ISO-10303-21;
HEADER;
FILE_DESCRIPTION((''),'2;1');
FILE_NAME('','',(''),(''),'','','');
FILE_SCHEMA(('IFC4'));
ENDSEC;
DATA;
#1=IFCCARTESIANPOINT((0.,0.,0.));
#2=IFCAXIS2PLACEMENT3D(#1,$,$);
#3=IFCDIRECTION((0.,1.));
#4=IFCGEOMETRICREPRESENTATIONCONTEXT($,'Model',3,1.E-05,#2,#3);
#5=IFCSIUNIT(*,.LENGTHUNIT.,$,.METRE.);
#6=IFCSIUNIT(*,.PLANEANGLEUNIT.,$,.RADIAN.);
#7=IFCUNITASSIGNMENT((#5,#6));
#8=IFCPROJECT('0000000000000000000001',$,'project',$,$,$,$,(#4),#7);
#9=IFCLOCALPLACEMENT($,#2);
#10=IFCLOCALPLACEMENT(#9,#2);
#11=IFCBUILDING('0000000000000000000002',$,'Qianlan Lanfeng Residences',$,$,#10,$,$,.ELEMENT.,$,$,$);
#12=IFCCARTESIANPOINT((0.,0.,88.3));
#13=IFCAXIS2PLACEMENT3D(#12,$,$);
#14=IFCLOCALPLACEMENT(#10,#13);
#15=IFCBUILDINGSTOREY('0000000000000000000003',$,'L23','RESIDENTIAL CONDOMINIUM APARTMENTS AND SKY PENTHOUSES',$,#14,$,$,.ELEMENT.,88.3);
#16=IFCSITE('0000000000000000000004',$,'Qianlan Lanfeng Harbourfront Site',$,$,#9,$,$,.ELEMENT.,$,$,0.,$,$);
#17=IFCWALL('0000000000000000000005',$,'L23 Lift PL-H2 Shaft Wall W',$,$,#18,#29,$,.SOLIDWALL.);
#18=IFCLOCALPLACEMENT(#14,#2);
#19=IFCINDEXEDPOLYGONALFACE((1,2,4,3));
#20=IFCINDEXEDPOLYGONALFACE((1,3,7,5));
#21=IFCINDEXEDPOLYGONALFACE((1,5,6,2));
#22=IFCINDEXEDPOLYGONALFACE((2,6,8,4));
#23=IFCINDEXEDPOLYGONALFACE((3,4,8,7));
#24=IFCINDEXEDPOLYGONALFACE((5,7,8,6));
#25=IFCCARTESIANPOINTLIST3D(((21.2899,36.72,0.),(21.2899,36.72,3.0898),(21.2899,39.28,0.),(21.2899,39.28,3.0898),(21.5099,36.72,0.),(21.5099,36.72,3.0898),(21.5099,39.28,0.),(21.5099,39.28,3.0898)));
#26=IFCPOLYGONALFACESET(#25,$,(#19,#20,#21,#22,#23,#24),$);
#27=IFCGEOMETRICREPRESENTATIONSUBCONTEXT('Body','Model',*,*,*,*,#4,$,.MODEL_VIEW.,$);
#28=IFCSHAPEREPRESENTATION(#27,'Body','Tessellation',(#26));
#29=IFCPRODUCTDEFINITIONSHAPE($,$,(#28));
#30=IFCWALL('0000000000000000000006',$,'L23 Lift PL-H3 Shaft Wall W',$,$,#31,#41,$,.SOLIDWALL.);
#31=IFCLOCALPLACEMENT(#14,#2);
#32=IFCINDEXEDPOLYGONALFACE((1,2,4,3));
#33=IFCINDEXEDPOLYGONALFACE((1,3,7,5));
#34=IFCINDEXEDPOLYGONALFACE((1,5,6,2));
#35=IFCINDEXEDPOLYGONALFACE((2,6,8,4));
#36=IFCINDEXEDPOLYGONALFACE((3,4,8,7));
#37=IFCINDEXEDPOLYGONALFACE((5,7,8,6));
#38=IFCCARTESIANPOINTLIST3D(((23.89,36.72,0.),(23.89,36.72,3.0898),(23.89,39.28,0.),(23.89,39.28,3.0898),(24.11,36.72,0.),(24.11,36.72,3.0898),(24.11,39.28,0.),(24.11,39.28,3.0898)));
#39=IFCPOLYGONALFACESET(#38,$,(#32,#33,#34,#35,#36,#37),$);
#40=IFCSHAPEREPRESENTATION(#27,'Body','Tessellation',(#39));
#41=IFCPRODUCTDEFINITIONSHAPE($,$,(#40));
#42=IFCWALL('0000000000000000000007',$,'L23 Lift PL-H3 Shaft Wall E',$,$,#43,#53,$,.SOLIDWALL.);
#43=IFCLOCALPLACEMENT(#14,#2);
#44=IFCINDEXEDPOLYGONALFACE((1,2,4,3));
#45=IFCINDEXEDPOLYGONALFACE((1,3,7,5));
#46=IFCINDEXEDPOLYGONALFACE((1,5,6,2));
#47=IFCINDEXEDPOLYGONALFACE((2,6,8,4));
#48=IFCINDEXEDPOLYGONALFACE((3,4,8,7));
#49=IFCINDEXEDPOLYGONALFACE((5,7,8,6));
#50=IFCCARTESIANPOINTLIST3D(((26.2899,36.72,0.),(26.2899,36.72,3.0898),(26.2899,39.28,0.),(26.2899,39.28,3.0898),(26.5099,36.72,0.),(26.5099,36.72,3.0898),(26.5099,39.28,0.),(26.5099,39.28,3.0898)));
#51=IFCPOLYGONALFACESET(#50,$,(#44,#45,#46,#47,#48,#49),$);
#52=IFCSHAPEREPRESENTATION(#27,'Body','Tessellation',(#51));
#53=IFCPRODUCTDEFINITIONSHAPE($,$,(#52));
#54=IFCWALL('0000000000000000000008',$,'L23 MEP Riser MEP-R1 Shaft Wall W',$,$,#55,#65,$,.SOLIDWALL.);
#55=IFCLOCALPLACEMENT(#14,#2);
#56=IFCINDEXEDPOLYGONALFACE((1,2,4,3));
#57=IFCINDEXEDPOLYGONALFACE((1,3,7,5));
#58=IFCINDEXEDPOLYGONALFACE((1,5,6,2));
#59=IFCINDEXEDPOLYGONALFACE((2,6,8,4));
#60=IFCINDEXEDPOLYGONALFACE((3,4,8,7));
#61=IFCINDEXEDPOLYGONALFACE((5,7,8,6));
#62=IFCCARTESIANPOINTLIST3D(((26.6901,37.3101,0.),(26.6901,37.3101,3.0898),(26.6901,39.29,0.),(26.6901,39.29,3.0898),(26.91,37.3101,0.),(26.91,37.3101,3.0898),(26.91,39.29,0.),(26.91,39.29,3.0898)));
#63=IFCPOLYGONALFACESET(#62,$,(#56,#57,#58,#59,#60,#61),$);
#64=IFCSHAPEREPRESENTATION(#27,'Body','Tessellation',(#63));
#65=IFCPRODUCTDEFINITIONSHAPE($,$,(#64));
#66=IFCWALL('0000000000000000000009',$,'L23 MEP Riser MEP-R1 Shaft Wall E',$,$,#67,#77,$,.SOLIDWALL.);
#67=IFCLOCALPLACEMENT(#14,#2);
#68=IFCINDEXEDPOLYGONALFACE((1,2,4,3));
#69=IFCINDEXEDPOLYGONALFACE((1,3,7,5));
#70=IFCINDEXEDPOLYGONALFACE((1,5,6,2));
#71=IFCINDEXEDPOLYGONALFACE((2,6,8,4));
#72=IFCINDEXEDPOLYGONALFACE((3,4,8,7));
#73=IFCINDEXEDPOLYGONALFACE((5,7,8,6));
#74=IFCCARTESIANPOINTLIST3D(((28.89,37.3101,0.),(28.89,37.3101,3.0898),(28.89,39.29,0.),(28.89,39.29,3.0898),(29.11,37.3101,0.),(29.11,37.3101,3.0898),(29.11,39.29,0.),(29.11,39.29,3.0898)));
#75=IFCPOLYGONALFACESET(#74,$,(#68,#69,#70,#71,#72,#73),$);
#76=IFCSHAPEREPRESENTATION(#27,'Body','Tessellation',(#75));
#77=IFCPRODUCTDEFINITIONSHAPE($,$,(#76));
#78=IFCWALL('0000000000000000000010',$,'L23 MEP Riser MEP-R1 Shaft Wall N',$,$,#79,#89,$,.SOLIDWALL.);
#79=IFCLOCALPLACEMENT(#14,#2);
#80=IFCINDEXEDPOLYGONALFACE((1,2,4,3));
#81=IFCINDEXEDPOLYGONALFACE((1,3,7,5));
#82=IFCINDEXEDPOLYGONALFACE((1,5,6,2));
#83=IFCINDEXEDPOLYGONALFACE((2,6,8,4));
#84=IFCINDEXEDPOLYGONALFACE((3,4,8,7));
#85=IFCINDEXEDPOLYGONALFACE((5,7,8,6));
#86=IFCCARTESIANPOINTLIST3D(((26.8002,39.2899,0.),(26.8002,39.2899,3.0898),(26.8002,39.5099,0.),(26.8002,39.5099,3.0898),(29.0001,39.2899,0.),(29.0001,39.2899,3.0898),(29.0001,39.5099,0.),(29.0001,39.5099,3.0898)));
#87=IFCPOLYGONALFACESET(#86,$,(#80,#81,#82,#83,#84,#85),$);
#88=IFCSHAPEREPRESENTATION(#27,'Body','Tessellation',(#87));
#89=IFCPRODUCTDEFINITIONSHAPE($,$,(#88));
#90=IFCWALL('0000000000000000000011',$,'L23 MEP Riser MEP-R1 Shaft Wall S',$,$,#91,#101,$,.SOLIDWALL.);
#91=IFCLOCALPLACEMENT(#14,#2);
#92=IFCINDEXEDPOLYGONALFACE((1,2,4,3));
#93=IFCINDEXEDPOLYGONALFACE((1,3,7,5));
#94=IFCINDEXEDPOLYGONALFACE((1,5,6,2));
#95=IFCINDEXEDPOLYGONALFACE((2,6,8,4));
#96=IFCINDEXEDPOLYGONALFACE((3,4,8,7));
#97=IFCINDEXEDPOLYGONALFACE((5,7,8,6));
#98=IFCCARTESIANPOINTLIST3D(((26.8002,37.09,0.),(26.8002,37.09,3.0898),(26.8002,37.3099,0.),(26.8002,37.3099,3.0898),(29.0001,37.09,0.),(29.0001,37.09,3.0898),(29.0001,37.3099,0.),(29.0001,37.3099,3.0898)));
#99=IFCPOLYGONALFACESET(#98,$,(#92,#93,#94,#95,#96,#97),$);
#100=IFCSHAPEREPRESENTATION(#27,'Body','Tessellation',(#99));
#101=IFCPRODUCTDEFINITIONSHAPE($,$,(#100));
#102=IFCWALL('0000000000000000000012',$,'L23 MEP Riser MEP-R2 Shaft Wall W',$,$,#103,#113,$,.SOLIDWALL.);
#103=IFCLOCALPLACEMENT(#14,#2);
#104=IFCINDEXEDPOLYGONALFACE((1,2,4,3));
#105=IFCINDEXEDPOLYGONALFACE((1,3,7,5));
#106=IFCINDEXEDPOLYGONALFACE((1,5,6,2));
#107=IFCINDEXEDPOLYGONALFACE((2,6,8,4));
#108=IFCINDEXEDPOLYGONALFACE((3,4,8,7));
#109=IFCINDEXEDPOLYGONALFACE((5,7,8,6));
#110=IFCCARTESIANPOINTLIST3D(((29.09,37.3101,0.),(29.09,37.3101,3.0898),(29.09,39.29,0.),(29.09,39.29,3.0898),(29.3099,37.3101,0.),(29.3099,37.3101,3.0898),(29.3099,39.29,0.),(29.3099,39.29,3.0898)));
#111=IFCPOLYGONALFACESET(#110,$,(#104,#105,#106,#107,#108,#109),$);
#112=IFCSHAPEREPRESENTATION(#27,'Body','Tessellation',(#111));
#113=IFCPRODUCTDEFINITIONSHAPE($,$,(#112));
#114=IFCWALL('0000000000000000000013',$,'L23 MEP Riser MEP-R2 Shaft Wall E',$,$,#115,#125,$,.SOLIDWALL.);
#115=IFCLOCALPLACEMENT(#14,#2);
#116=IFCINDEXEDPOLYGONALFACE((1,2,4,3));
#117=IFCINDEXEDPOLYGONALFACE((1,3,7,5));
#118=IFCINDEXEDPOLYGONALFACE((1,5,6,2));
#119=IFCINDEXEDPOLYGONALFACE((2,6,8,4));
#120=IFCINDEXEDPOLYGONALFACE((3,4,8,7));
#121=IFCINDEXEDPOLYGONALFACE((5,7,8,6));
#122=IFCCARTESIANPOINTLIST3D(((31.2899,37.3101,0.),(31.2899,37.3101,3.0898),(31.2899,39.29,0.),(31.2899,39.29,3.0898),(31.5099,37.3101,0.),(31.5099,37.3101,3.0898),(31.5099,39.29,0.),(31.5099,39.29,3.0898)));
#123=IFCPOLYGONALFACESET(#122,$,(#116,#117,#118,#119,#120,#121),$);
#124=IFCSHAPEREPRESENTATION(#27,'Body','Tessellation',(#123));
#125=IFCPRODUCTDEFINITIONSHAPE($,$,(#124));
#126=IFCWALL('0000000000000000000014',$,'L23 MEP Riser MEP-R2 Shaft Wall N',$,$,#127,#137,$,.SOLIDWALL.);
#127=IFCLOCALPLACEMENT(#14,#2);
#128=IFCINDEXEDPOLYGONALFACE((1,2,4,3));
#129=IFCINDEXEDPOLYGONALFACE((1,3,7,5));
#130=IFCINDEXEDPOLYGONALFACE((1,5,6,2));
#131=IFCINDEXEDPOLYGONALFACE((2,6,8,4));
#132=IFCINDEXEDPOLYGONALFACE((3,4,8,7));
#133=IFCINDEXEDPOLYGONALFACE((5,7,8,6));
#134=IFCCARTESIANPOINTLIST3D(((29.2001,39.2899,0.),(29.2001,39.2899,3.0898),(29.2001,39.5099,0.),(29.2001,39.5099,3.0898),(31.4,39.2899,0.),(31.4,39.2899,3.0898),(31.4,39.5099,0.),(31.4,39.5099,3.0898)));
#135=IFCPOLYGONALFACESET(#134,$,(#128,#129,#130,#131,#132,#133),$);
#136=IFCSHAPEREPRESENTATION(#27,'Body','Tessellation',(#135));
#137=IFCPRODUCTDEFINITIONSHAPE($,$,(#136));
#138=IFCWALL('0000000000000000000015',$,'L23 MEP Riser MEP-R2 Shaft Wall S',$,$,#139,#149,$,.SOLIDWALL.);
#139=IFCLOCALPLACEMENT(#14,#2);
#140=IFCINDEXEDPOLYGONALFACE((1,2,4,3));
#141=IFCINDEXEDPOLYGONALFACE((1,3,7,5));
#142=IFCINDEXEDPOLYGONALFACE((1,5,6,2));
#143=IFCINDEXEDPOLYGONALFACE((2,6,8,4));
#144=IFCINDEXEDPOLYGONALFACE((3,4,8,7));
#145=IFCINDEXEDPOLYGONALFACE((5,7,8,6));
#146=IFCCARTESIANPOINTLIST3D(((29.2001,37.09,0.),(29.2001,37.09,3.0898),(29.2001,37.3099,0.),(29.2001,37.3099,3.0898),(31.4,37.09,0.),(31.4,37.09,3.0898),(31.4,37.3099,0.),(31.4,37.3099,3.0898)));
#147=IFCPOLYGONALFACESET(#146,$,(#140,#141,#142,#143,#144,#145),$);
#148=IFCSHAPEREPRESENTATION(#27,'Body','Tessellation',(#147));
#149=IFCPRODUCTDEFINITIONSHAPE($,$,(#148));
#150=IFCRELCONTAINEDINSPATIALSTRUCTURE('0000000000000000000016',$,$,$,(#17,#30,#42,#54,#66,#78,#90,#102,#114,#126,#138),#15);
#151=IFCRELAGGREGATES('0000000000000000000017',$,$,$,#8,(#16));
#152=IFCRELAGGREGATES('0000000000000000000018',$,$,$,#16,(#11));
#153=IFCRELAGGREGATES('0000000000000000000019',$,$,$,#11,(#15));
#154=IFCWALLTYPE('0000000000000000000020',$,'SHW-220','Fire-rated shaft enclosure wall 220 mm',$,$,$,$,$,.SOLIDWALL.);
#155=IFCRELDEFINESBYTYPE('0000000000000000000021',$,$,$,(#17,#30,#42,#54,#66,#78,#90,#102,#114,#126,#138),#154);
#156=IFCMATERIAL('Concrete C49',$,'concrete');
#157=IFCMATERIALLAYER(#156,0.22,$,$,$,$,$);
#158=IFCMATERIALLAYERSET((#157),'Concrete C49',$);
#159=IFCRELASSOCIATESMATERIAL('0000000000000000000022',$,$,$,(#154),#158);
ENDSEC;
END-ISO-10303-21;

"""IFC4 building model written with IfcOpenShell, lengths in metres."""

from ifc_helpers import new_model, si_unit, direction, frame, frame_2d, origin, place, context, subcontext, project, spatial, rectangle, extrude, material, layer, layer_set, type_object, element, save


model = new_model("IFC4")

# Units and contexts
model_context = context("Model", 3, precision=1e-05, world=origin(), true_north=direction((0.0, 1.0)))
body_context = subcontext(model_context, "Body", "Model", "MODEL_VIEW")
ifc_project = project(units=[si_unit("LENGTHUNIT", "METRE"), si_unit("PLANEANGLEUNIT", "RADIAN")], contexts=[model_context])

# Site, building, storey
site_placement = place(None, origin())
site = spatial("IfcSite", under=ifc_project, at=site_placement, Name="Qianlan Lanfeng Harbourfront Site", CompositionType="ELEMENT", RefElevation=0.0)
building_placement = place(site_placement, origin())
building = spatial("IfcBuilding", under=site, at=building_placement, Name="Qianlan Lanfeng Residences", CompositionType="ELEMENT")
storey_placement = place(building_placement, frame((0.0, 0.0, 88.3)))
storey = spatial("IfcBuildingStorey", under=building, at=storey_placement, Name="L23", Description="RESIDENTIAL CONDOMINIUM APARTMENTS AND SKY PENTHOUSES", CompositionType="ELEMENT", Elevation=88.3)

# Walls
ifc_material_1 = material(Name="Concrete C49", Category="concrete")
ifc_layer_1 = layer(ifc_material_1, 0.22)
ifc_layer_set_1 = layer_set([ifc_layer_1], Name="Concrete C49")
wall_type_1 = type_object("IfcWallType", Name="SHW-220", Description="Fire-rated shaft enclosure wall 220 mm", PredefinedType="SOLIDWALL", material=ifc_layer_set_1)
for number, where, z_axis, x_axis, name in (
    (1, (21.3999, 36.72, 0.0), (0.0, 0.0, 1.0), (0.0, 1.0, 0.0), "L23 Lift PL-H2 Shaft Wall W"),
    (2, (24.0, 36.72, 0.0), (0.0, 0.0, 1.0), (0.0, 1.0, 0.0), "L23 Lift PL-H3 Shaft Wall W"),
    (3, (26.3999, 36.72, 0.0), (0.0, 0.0, 1.0), (0.0, 1.0, 0.0), "L23 Lift PL-H3 Shaft Wall E"),
):
    element("IfcWall", number, at=place(storey_placement, frame(where, z_axis=z_axis, x_axis=x_axis)), inside=storey, type_object=wall_type_1, Name=name, PredefinedType="SOLIDWALL", context=body_context, shape_type="SweptSolid", body=[
        extrude(rectangle(XDim=2.5601, YDim=0.22, at=frame_2d((1.28, 0.0))), origin(), (0.0, 0.0, 1.0), 3.0898),
    ])
for number, where, z_axis, x_axis, name in (
    (4, (26.8, 37.3101, 0.0), (0.0, 0.0, 1.0), (0.0, 1.0, 0.0), "L23 MEP Riser MEP-R1 Shaft Wall W"),
    (5, (29.0, 37.3101, 0.0), (0.0, 0.0, 1.0), (0.0, 1.0, 0.0), "L23 MEP Riser MEP-R1 Shaft Wall E"),
):
    element("IfcWall", number, at=place(storey_placement, frame(where, z_axis=z_axis, x_axis=x_axis)), inside=storey, type_object=wall_type_1, Name=name, PredefinedType="SOLIDWALL", context=body_context, shape_type="SweptSolid", body=[
        extrude(rectangle(XDim=1.98, YDim=0.22, at=frame_2d((0.99, 0.0))), origin(), (0.0, 0.0, 1.0), 3.0898),
    ])
for number, where, z_axis, x_axis, name in (
    (6, (26.8, 39.3999, 0.0), (0.0, 0.0, 1.0), (1.0, 0.0, 0.0), "L23 MEP Riser MEP-R1 Shaft Wall N"),
    (7, (26.8, 37.2, 0.0), (0.0, 0.0, 1.0), (1.0, 0.0, 0.0), "L23 MEP Riser MEP-R1 Shaft Wall S"),
):
    element("IfcWall", number, at=place(storey_placement, frame(where, z_axis=z_axis, x_axis=x_axis)), inside=storey, type_object=wall_type_1, Name=name, PredefinedType="SOLIDWALL", context=body_context, shape_type="SweptSolid", body=[
        extrude(rectangle(XDim=2.2, YDim=0.22, at=frame_2d((1.1001, 0.0))), origin(), (0.0, 0.0, 1.0), 3.0898),
    ])
for number, where, z_axis, x_axis, name in (
    (8, (29.2, 37.3101, 0.0), (0.0, 0.0, 1.0), (0.0, 1.0, 0.0), "L23 MEP Riser MEP-R2 Shaft Wall W"),
    (9, (31.3999, 37.3101, 0.0), (0.0, 0.0, 1.0), (0.0, 1.0, 0.0), "L23 MEP Riser MEP-R2 Shaft Wall E"),
):
    element("IfcWall", number, at=place(storey_placement, frame(where, z_axis=z_axis, x_axis=x_axis)), inside=storey, type_object=wall_type_1, Name=name, PredefinedType="SOLIDWALL", context=body_context, shape_type="SweptSolid", body=[
        extrude(rectangle(XDim=1.98, YDim=0.22, at=frame_2d((0.99, 0.0))), origin(), (0.0, 0.0, 1.0), 3.0898),
    ])
for number, where, z_axis, x_axis, name in (
    (10, (29.2, 39.3999, 0.0), (0.0, 0.0, 1.0), (1.0, 0.0, 0.0), "L23 MEP Riser MEP-R2 Shaft Wall N"),
    (11, (29.2, 37.2, 0.0), (0.0, 0.0, 1.0), (1.0, 0.0, 0.0), "L23 MEP Riser MEP-R2 Shaft Wall S"),
):
    element("IfcWall", number, at=place(storey_placement, frame(where, z_axis=z_axis, x_axis=x_axis)), inside=storey, type_object=wall_type_1, Name=name, PredefinedType="SOLIDWALL", context=body_context, shape_type="SweptSolid", body=[
        extrude(rectangle(XDim=2.2, YDim=0.22, at=frame_2d((1.1001, 0.0))), origin(), (0.0, 0.0, 1.0), 3.0898),
    ])

save(model, "model.ifc")
